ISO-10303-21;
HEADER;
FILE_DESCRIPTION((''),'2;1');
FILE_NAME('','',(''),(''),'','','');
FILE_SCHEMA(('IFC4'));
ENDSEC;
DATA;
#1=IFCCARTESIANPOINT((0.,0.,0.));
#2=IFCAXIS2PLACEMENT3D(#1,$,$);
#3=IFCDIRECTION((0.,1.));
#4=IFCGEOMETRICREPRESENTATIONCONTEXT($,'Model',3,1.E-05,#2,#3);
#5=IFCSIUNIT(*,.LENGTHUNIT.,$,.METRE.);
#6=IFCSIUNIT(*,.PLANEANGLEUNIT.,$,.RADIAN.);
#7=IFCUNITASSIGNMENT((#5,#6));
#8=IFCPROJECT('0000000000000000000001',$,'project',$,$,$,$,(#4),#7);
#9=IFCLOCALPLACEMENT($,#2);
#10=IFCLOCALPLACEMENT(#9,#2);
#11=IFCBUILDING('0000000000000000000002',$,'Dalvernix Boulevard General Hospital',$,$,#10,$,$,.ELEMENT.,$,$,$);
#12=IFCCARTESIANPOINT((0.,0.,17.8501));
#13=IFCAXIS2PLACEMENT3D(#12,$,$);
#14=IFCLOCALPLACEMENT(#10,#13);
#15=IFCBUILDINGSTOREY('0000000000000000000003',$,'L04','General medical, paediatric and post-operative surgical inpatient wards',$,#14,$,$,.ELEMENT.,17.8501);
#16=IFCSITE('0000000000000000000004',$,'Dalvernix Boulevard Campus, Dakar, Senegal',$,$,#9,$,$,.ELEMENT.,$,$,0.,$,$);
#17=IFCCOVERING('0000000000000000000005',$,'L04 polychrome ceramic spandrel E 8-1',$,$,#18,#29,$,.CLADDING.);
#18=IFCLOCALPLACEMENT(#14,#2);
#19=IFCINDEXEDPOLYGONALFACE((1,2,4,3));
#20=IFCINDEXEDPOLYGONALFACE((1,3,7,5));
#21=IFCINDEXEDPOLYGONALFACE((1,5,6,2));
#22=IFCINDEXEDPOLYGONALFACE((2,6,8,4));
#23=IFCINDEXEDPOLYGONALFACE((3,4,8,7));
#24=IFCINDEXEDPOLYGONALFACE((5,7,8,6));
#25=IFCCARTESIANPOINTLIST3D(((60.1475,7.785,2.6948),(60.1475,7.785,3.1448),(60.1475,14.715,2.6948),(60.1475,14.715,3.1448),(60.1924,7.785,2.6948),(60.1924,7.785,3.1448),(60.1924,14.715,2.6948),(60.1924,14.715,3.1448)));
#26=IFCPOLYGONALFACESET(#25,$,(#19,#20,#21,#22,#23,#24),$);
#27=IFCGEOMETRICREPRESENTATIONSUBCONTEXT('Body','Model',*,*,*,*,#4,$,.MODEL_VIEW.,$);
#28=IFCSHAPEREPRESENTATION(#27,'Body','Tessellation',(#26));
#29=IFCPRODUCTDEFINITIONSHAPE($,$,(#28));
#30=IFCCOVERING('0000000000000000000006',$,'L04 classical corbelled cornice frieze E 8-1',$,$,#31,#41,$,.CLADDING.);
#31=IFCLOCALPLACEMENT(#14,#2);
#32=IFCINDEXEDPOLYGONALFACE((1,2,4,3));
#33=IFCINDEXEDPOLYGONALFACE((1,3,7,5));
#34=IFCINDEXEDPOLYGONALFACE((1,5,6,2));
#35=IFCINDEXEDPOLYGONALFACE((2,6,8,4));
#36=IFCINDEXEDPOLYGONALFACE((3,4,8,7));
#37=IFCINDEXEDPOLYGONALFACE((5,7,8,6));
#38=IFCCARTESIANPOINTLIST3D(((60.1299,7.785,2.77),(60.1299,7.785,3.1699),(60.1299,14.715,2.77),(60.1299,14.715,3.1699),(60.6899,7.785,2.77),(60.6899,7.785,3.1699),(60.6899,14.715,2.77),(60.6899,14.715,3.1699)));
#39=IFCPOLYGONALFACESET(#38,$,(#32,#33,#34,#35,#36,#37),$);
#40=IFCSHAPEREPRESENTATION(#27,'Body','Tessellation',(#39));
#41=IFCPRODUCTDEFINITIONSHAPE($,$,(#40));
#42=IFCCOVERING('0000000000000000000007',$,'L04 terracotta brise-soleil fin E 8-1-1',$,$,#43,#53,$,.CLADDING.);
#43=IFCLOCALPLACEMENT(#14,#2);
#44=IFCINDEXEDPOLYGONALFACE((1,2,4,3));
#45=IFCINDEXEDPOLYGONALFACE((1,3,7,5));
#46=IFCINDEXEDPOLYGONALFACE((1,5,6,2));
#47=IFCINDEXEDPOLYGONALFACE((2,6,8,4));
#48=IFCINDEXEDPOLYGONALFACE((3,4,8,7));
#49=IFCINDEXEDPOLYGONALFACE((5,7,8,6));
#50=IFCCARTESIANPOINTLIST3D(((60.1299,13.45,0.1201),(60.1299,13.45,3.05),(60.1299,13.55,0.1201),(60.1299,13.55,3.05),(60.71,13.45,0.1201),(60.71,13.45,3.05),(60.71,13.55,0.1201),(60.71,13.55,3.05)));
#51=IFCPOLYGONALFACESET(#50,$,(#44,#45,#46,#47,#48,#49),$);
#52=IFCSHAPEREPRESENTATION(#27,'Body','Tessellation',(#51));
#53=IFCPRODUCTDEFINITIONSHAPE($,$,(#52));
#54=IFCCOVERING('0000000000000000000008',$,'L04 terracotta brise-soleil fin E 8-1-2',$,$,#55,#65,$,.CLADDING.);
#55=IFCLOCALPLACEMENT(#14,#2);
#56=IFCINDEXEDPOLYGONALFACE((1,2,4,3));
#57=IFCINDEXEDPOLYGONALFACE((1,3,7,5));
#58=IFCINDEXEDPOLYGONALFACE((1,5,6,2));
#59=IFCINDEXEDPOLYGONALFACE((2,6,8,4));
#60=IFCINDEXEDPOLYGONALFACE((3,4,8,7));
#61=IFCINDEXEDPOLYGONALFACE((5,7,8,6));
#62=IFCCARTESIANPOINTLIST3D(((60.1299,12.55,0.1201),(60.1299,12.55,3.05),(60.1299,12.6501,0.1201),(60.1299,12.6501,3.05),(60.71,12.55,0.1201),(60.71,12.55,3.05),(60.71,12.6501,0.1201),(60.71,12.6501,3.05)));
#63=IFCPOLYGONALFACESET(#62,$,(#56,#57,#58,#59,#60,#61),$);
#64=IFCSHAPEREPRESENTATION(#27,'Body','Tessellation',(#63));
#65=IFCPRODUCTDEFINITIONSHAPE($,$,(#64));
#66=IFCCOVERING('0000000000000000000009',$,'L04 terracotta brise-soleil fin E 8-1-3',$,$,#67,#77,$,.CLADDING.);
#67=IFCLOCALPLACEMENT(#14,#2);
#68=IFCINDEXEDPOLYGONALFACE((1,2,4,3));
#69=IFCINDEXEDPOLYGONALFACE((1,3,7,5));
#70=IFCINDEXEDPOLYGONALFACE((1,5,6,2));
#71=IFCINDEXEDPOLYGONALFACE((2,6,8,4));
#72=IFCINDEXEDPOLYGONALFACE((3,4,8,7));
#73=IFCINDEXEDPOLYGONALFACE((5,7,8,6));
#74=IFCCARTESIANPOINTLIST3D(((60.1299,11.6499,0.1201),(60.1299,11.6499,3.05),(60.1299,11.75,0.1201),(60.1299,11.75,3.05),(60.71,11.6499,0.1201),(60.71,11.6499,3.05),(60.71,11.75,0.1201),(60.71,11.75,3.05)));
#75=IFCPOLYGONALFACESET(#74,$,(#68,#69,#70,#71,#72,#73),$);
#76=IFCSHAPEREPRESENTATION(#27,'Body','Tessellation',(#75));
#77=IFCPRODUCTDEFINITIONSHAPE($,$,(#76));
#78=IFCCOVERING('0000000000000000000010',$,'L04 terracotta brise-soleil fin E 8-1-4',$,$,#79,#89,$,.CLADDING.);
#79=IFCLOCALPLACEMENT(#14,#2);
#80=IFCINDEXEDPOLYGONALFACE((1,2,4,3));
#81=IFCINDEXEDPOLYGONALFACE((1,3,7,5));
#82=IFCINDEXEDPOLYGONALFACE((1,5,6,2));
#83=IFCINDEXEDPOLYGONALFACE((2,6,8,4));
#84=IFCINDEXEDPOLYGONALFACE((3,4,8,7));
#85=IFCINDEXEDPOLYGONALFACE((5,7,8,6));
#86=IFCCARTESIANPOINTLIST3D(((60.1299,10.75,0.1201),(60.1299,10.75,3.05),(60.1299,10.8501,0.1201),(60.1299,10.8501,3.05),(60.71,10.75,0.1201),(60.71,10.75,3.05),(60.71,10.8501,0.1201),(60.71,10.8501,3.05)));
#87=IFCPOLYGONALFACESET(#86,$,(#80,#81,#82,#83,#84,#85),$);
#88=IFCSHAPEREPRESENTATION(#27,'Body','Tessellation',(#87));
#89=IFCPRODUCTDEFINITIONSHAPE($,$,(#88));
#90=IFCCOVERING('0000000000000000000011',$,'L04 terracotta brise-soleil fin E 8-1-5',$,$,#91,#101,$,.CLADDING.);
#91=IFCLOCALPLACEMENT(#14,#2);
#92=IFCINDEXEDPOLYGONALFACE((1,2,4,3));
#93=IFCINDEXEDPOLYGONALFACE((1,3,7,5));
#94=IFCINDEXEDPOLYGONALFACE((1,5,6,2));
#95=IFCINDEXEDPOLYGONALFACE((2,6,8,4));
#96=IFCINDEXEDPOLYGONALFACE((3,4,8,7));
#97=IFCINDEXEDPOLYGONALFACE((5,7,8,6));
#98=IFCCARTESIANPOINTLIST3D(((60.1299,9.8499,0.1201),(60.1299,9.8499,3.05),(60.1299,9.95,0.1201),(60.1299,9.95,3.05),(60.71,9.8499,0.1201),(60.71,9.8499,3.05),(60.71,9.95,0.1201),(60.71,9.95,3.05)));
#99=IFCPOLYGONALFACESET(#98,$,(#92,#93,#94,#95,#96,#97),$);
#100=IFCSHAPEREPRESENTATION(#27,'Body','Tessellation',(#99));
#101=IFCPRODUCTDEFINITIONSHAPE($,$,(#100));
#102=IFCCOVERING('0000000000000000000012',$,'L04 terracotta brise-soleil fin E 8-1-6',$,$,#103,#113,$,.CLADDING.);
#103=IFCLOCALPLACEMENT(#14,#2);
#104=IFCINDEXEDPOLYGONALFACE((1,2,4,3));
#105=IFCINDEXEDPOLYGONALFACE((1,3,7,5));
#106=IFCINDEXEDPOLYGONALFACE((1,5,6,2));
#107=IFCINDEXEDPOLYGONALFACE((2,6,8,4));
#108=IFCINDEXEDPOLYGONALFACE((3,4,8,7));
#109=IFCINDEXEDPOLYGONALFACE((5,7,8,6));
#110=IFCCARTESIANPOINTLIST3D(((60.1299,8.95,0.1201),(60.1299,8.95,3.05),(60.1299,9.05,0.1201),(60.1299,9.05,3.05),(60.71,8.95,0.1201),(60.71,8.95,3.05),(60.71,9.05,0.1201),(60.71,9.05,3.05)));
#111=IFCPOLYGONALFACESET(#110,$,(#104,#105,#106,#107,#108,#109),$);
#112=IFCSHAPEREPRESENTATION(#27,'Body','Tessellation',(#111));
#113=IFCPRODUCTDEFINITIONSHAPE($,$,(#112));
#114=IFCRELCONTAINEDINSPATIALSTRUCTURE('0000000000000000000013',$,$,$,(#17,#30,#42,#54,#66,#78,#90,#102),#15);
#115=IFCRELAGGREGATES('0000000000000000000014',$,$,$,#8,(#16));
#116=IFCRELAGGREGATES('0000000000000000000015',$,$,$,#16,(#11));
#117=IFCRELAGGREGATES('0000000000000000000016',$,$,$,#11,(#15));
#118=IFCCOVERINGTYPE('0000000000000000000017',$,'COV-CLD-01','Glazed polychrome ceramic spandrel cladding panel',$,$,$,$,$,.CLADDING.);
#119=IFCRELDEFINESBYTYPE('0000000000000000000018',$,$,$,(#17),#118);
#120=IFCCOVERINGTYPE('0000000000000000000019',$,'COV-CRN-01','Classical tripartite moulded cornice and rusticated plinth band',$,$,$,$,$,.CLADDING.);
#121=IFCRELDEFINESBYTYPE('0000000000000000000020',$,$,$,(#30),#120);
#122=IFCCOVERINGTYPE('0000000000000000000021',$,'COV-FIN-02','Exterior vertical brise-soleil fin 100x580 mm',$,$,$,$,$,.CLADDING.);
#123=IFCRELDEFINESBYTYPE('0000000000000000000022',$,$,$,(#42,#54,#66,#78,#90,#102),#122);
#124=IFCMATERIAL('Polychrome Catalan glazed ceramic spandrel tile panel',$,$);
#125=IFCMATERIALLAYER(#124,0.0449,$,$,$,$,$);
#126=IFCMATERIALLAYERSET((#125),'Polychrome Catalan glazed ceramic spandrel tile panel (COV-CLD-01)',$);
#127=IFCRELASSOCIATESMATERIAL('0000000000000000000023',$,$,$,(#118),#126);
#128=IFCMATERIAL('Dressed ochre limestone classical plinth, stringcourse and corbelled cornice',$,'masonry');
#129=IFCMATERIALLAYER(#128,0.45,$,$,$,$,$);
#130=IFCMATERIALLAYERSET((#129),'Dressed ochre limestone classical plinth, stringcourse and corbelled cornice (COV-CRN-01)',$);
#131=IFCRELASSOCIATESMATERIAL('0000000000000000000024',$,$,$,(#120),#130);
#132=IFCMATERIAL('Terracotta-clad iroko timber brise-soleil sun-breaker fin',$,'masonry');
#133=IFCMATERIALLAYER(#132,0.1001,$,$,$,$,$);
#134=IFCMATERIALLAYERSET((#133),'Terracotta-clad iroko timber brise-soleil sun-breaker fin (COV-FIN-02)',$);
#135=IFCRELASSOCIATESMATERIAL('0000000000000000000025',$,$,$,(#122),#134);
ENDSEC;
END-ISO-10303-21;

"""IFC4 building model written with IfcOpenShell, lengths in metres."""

from ifc_helpers import new_model, si_unit, direction, frame, origin, origin_2d, place, context, subcontext, project, spatial, rectangle, extrude, material, layer, layer_set, type_object, element, save


model = new_model("IFC4")

# Units and contexts
model_context = context("Model", 3, precision=1e-05, world=origin(), true_north=direction((0.0, 1.0)))
body_context = subcontext(model_context, "Body", "Model", "MODEL_VIEW")
ifc_project = project(units=[si_unit("LENGTHUNIT", "METRE"), si_unit("PLANEANGLEUNIT", "RADIAN")], contexts=[model_context])

# Site, building, storey
site_placement = place(None, origin())
site = spatial("IfcSite", under=ifc_project, at=site_placement, Name="Dalvernix Boulevard Campus, Dakar, Senegal", CompositionType="ELEMENT", RefElevation=0.0)
building_placement = place(site_placement, origin())
building = spatial("IfcBuilding", under=site, at=building_placement, Name="Dalvernix Boulevard General Hospital", CompositionType="ELEMENT")
storey_placement = place(building_placement, frame((0.0, 0.0, 17.8501)))
storey = spatial("IfcBuildingStorey", under=building, at=storey_placement, Name="L04", Description="General medical, paediatric and post-operative surgical inpatient wards", CompositionType="ELEMENT", Elevation=17.8501)

# Coverings
ifc_material_1 = material(Name="Polychrome Catalan glazed ceramic spandrel tile panel")
ifc_layer_1 = layer(ifc_material_1, 0.0449)
ifc_layer_set_1 = layer_set([ifc_layer_1], Name="Polychrome Catalan glazed ceramic spandrel tile panel (COV-CLD-01)")
covering_type_1 = type_object("IfcCoveringType", Name="COV-CLD-01", Description="Glazed polychrome ceramic spandrel cladding panel", PredefinedType="CLADDING", material=ifc_layer_set_1)
covering_1_placement = place(storey_placement, frame((60.1699, 11.25, 2.6948), z_axis=(0.0, 0.0, 1.0), x_axis=(0.0, -1.0, 0.0)))
element("IfcCovering", 1, at=covering_1_placement, inside=storey, type_object=covering_type_1, Name="L04 polychrome ceramic spandrel E 8-1", PredefinedType="CLADDING", context=body_context, shape_type="SweptSolid", body=[
    extrude(rectangle(XDim=6.9299, YDim=0.0449, at=origin_2d()), origin(), (0.0, 0.0, 1.0), 0.45),
])
ifc_material_2 = material(Name="Dressed ochre limestone classical plinth, stringcourse and corbelled cornice", Category="masonry")
ifc_layer_2 = layer(ifc_material_2, 0.45)
ifc_layer_set_2 = layer_set([ifc_layer_2], Name="Dressed ochre limestone classical plinth, stringcourse and corbelled cornice (COV-CRN-01)")
covering_type_2 = type_object("IfcCoveringType", Name="COV-CRN-01", Description="Classical tripartite moulded cornice and rusticated plinth band", PredefinedType="CLADDING", material=ifc_layer_set_2)
covering_2_placement = place(storey_placement, frame((60.4099, 11.25, 2.77), z_axis=(0.0, 0.0, 1.0), x_axis=(0.0, -1.0, 0.0)))
element("IfcCovering", 2, at=covering_2_placement, inside=storey, type_object=covering_type_2, Name="L04 classical corbelled cornice frieze E 8-1", PredefinedType="CLADDING", context=body_context, shape_type="SweptSolid", body=[
    extrude(rectangle(XDim=6.9299, YDim=0.5601, at=origin_2d()), origin(), (0.0, 0.0, 1.0), 0.3999),
])
ifc_material_3 = material(Name="Terracotta-clad iroko timber brise-soleil sun-breaker fin", Category="masonry")
ifc_layer_3 = layer(ifc_material_3, 0.1001)
ifc_layer_set_3 = layer_set([ifc_layer_3], Name="Terracotta-clad iroko timber brise-soleil sun-breaker fin (COV-FIN-02)")
covering_type_3 = type_object("IfcCoveringType", Name="COV-FIN-02", Description="Exterior vertical brise-soleil fin 100x580 mm", PredefinedType="CLADDING", material=ifc_layer_set_3)
for number, where, z_axis, x_axis, name in (
    (3, (60.4199, 13.5, 0.1201), (0.0, 0.0, 1.0), (0.0, -1.0, 0.0), "L04 terracotta brise-soleil fin E 8-1-1"),
    (4, (60.4199, 12.6001, 0.1201), (0.0, 0.0, 1.0), (0.0, -1.0, 0.0), "L04 terracotta brise-soleil fin E 8-1-2"),
    (5, (60.4199, 11.7, 0.1201), (0.0, 0.0, 1.0), (0.0, -1.0, 0.0), "L04 terracotta brise-soleil fin E 8-1-3"),
    (6, (60.4199, 10.8, 0.1201), (0.0, 0.0, 1.0), (0.0, -1.0, 0.0), "L04 terracotta brise-soleil fin E 8-1-4"),
    (7, (60.4199, 9.8999, 0.1201), (0.0, 0.0, 1.0), (0.0, -1.0, 0.0), "L04 terracotta brise-soleil fin E 8-1-5"),
    (8, (60.4199, 9.0, 0.1201), (0.0, 0.0, 1.0), (0.0, -1.0, 0.0), "L04 terracotta brise-soleil fin E 8-1-6"),
):
    element("IfcCovering", number, at=place(storey_placement, frame(where, z_axis=z_axis, x_axis=x_axis)), inside=storey, type_object=covering_type_3, Name=name, PredefinedType="CLADDING", context=body_context, shape_type="SweptSolid", body=[
        extrude(rectangle(XDim=0.1001, YDim=0.5801, at=origin_2d()), origin(), (0.0, 0.0, 1.0), 2.9299),
    ])

save(model, "model.ifc")
